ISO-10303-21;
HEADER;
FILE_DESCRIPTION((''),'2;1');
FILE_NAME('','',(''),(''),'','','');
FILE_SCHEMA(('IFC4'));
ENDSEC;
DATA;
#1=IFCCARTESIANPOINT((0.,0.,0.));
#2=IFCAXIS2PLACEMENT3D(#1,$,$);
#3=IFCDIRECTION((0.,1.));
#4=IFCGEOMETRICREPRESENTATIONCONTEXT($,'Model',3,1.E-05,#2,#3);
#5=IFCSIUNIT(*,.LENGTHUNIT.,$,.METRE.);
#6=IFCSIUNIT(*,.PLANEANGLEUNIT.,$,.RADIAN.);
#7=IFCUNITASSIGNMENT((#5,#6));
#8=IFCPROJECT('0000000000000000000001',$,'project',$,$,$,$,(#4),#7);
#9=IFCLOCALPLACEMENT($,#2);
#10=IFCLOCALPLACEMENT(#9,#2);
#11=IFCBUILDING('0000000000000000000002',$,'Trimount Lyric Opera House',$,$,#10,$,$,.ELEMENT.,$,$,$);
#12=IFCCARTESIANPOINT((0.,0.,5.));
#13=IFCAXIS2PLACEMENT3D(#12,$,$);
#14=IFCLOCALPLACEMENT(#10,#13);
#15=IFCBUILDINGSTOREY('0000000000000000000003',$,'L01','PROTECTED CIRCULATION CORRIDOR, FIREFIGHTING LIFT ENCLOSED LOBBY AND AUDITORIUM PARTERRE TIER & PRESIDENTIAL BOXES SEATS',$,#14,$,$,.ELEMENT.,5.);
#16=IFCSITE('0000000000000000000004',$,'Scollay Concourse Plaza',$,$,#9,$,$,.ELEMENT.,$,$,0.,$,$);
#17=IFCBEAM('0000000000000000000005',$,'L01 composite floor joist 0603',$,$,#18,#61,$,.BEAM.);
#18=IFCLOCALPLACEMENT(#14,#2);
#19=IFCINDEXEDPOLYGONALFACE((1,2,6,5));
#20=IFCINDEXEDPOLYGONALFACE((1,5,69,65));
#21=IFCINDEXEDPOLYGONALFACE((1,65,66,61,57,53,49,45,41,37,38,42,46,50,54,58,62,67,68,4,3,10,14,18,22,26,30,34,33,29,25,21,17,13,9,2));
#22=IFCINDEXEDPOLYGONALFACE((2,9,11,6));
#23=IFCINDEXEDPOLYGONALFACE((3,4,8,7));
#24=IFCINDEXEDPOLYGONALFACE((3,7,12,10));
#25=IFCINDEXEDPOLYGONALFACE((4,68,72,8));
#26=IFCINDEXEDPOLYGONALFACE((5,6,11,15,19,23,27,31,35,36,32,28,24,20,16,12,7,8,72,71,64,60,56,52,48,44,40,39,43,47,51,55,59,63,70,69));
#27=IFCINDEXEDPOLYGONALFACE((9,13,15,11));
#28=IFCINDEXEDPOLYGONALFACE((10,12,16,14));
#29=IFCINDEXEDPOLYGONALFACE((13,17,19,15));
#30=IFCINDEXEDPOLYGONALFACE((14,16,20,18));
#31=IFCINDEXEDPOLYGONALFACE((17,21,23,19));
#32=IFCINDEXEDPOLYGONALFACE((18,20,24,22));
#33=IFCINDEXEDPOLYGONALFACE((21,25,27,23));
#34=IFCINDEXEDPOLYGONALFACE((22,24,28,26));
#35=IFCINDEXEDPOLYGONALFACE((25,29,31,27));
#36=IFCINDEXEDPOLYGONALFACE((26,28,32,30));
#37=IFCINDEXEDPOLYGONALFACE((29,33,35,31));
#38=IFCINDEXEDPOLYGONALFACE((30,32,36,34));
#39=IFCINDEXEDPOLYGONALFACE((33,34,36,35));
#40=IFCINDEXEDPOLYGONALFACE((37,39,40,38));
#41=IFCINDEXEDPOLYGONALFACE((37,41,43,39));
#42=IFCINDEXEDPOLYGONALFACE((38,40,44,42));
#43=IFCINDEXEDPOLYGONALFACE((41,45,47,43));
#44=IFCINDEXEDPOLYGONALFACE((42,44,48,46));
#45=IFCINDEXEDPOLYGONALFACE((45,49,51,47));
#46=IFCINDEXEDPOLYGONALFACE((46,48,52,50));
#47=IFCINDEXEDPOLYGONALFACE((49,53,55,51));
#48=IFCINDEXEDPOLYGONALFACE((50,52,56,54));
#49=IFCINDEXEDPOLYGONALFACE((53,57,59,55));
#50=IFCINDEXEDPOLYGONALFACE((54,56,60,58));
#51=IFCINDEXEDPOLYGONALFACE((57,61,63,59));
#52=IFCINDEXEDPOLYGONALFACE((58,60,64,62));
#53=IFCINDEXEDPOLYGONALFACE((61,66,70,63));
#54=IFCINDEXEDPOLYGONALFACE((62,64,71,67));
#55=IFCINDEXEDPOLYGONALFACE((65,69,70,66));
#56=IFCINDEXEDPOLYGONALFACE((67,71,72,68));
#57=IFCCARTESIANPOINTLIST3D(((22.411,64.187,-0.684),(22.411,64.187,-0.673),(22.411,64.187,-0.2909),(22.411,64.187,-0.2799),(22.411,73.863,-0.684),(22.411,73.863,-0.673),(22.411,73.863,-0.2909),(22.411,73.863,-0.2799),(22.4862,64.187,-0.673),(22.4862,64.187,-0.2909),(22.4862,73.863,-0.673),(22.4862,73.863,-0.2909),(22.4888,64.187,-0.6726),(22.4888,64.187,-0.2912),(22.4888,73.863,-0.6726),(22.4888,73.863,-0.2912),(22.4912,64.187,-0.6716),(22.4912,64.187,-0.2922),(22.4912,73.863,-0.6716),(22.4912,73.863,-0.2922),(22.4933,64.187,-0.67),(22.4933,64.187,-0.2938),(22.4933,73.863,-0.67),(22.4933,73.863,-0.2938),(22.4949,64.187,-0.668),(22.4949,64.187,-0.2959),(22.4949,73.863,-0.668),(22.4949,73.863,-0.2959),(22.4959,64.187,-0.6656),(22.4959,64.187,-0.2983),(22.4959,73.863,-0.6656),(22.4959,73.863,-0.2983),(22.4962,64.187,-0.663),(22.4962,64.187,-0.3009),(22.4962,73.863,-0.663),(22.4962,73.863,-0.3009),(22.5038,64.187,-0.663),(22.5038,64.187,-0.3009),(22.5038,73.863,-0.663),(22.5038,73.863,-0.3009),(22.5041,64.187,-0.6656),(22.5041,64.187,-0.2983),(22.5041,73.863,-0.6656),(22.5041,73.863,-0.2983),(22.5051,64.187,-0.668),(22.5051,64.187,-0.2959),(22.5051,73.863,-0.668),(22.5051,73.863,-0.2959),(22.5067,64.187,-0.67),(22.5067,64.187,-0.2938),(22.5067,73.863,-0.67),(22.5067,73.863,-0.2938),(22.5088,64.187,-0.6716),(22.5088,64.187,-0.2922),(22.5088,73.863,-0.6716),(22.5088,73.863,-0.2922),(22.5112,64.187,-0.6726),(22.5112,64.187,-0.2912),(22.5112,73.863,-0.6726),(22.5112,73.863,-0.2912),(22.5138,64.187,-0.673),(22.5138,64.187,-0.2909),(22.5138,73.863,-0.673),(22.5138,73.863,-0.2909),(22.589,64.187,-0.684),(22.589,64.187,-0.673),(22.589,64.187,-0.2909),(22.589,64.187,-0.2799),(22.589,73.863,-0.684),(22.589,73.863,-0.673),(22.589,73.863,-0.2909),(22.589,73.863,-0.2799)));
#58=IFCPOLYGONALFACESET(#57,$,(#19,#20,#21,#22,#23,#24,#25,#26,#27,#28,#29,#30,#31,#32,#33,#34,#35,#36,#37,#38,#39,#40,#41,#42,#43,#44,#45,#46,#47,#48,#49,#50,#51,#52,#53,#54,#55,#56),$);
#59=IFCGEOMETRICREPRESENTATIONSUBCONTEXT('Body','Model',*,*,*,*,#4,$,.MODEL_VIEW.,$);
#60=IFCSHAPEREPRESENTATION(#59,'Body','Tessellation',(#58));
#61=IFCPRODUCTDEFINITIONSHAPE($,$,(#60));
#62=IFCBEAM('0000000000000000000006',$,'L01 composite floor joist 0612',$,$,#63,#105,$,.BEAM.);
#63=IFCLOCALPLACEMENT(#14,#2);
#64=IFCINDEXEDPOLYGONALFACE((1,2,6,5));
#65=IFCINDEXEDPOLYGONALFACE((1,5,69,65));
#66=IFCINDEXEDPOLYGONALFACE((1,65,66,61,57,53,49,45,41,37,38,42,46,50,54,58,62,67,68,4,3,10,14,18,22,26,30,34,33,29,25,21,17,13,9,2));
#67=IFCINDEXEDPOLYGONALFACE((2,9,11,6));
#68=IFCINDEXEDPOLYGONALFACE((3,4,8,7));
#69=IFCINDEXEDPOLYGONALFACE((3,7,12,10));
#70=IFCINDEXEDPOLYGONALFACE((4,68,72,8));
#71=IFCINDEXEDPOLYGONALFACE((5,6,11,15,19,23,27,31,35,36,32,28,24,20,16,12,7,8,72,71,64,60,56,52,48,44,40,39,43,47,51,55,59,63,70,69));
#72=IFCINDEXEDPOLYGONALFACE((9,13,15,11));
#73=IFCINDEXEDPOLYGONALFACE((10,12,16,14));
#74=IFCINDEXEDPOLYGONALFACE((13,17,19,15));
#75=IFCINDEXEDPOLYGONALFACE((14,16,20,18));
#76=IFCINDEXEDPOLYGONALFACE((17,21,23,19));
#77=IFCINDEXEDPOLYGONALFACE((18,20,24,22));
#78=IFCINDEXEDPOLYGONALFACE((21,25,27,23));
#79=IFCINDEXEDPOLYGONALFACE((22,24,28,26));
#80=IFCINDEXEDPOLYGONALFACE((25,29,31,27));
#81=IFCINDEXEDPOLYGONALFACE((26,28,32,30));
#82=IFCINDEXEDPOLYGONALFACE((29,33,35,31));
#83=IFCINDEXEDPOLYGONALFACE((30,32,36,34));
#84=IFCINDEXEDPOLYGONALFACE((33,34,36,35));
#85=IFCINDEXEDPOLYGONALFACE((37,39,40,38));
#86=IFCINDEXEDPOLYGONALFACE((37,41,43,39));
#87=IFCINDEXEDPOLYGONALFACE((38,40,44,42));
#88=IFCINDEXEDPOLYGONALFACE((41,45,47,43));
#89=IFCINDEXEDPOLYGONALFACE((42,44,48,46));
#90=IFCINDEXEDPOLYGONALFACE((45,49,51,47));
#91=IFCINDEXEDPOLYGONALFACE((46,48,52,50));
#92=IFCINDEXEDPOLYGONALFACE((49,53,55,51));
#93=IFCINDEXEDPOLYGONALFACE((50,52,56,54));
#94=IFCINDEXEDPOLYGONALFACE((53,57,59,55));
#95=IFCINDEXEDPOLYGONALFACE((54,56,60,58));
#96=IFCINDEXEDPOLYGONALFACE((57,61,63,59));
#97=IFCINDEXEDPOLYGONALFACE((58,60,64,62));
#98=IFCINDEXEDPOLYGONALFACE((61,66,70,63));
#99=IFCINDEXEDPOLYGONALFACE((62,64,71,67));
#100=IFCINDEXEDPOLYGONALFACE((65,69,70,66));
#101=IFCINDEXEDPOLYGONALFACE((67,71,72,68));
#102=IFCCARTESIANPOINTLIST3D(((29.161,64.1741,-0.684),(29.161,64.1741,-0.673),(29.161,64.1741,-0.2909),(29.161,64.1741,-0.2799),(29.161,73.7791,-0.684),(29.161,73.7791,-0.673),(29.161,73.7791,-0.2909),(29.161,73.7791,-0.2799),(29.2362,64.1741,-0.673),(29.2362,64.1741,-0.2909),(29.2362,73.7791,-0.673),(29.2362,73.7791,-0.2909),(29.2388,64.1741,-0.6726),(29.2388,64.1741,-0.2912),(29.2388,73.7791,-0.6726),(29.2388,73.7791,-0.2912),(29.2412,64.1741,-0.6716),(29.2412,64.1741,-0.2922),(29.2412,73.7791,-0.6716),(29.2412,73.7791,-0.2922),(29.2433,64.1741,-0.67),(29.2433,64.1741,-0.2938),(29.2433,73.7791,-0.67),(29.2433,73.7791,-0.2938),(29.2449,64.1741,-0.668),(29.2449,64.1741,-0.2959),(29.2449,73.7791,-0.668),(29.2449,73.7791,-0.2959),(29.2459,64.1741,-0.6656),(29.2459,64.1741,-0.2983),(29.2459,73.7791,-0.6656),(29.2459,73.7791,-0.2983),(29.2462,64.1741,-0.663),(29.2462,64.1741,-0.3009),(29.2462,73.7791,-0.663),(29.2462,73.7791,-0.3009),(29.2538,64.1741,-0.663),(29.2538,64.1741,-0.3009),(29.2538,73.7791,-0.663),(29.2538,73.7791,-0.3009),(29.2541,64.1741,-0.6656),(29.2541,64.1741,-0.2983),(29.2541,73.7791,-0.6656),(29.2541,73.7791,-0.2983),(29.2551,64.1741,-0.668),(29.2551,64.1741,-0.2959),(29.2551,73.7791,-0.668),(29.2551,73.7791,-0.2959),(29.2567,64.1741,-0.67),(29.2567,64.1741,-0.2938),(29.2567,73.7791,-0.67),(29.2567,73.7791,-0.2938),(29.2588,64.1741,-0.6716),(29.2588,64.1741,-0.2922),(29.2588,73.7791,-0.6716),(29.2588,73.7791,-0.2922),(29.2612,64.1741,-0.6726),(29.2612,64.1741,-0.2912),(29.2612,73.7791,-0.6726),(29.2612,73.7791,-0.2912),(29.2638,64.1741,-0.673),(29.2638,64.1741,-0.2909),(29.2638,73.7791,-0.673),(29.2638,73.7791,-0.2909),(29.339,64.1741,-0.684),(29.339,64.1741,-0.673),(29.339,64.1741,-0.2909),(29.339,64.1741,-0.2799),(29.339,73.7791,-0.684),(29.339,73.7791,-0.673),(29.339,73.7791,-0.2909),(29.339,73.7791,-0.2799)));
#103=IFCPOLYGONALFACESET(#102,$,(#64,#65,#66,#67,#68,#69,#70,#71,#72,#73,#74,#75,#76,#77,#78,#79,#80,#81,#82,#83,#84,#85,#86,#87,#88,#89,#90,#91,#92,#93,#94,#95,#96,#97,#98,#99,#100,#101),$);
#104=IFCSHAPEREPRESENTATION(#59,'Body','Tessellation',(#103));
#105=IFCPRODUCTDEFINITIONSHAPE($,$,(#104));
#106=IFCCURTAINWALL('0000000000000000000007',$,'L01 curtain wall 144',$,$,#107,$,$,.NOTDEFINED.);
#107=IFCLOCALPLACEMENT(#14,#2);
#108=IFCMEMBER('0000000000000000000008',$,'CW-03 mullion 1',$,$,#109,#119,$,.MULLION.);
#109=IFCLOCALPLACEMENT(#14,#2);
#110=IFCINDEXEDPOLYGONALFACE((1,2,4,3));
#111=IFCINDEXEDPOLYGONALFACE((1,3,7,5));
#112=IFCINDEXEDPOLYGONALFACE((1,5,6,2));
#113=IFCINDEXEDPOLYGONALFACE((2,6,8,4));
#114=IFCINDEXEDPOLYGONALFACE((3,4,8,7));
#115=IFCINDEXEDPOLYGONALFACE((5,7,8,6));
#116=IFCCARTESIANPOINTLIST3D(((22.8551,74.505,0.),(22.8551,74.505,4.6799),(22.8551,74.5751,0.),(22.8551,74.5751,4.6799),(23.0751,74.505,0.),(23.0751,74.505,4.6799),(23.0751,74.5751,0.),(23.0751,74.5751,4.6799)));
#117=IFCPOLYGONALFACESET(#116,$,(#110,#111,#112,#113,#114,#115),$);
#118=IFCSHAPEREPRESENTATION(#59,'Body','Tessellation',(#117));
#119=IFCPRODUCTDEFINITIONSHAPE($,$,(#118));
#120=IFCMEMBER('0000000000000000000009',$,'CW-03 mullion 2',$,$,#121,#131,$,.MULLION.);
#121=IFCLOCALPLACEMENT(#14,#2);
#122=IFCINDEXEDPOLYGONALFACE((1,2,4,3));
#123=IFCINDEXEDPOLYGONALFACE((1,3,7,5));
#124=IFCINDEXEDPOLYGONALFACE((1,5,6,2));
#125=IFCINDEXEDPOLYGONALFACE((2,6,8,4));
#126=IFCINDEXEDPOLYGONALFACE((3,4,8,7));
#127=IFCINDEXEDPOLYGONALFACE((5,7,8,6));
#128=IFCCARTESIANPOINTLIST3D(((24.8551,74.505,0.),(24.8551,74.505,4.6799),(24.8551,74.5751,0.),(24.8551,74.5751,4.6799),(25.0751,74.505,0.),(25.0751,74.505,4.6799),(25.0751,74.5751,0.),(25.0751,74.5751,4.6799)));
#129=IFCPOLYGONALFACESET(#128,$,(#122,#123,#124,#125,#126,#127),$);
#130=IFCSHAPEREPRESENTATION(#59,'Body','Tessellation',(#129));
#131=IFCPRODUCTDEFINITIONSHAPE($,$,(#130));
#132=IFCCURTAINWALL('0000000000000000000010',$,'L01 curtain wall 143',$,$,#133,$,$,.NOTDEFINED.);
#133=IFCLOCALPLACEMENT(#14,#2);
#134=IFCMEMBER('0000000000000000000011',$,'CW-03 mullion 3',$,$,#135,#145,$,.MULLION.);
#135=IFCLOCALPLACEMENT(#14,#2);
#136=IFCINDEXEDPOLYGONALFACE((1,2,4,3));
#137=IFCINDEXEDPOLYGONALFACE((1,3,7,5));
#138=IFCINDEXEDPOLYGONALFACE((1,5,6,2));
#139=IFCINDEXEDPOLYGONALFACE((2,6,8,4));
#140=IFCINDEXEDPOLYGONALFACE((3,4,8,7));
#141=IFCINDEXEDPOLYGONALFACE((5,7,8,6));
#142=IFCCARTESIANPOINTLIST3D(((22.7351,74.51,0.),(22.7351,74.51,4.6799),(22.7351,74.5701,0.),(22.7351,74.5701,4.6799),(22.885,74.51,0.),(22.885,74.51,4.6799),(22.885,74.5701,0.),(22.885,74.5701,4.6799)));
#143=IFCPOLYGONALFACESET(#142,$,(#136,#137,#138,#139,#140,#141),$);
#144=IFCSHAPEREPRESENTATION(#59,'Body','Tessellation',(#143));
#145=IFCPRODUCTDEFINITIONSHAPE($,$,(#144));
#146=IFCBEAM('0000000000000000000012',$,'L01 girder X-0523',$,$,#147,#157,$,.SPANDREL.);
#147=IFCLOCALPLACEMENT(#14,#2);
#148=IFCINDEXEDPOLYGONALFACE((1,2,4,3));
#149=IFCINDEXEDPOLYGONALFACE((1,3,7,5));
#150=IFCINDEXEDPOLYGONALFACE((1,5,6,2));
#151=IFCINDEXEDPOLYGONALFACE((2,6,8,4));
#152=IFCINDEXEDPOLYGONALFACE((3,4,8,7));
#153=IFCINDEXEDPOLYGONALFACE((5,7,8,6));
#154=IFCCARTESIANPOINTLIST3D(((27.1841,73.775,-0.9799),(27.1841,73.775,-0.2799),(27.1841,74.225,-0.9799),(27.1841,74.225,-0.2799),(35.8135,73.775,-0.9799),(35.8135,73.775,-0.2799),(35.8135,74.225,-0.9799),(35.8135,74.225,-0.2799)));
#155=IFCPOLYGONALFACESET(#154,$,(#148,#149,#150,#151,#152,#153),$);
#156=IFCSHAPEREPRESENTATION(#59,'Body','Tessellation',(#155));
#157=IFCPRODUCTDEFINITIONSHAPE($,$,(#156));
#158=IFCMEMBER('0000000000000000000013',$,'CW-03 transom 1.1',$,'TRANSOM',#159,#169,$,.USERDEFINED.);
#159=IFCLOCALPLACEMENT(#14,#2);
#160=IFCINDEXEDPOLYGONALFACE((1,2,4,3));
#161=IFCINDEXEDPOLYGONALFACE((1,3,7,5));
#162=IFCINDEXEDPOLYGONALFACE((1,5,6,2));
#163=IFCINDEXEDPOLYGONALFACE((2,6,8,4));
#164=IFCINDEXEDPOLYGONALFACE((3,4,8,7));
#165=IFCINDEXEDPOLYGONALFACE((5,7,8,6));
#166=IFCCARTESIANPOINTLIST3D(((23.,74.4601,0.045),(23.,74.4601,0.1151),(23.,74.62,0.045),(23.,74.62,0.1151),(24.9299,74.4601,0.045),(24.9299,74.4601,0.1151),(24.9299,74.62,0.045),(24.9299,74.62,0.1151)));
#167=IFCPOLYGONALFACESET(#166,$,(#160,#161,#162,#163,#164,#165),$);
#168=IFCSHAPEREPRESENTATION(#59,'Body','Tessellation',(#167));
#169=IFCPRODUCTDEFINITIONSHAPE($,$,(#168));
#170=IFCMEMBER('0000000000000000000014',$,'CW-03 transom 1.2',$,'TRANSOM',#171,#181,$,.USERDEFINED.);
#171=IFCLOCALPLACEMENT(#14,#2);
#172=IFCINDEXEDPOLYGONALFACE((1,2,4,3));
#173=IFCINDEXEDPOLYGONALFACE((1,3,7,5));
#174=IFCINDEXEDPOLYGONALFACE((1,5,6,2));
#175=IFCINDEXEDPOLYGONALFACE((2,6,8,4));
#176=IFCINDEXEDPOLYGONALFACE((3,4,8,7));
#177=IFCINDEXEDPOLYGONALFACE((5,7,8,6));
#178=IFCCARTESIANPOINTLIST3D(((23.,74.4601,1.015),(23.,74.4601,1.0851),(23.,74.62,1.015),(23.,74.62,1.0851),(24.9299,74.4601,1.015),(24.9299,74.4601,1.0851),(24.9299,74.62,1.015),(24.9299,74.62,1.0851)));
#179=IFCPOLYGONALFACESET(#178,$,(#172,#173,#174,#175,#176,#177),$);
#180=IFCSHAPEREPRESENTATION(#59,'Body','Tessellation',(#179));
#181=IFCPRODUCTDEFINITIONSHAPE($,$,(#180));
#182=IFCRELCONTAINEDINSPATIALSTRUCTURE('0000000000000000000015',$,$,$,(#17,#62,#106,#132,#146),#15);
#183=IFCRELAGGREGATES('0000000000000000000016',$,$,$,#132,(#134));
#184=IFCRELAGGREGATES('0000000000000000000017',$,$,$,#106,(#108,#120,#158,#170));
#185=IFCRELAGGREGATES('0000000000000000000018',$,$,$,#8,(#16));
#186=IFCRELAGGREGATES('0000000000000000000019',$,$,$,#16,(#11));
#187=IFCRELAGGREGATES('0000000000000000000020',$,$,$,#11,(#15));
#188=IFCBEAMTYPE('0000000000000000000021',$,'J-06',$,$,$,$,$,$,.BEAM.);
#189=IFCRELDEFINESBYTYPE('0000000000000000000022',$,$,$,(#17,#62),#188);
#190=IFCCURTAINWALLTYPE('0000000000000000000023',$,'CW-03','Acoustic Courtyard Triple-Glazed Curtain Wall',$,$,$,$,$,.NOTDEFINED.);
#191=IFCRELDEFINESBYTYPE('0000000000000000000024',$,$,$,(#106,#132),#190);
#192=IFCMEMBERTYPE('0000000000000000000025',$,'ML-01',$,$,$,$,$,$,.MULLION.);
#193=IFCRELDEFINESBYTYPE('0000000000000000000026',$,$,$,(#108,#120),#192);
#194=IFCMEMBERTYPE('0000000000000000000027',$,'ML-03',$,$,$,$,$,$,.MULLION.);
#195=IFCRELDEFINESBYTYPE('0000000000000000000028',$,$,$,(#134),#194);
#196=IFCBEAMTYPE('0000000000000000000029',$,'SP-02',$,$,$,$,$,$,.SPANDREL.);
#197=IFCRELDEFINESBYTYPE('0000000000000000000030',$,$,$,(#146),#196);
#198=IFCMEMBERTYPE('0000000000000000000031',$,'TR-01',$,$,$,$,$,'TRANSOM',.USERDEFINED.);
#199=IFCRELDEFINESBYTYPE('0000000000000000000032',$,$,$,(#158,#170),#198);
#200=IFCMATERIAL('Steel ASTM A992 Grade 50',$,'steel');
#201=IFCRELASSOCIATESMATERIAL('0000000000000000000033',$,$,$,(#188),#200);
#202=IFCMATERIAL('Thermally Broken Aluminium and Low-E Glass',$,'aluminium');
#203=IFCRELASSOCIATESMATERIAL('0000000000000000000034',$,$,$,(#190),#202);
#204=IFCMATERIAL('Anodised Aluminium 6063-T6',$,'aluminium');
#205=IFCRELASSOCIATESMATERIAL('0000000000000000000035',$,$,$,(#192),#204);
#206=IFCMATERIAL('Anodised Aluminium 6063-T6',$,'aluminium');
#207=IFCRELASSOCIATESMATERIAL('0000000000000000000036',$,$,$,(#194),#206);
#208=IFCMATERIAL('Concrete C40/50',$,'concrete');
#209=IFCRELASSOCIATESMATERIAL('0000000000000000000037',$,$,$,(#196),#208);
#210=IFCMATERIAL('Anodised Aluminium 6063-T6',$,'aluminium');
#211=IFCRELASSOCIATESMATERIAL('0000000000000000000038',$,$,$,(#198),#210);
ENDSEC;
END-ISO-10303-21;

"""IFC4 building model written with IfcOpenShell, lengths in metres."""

from ifc_helpers import new_model, si_unit, direction, frame, origin, origin_2d, place, context, subcontext, project, spatial, rectangle, i_section, extrude, material, material_profile, profile_set, type_object, element, aggregate, save


model = new_model("IFC4")

# Units and contexts
model_context = context("Model", 3, precision=1e-05, world=origin(), true_north=direction((0.0, 1.0)))
body_context = subcontext(model_context, "Body", "Model", "MODEL_VIEW")
ifc_project = project(units=[si_unit("LENGTHUNIT", "METRE"), si_unit("PLANEANGLEUNIT", "RADIAN")], contexts=[model_context])

# Site, building, storey
site_placement = place(None, origin())
site = spatial("IfcSite", under=ifc_project, at=site_placement, Name="Scollay Concourse Plaza", CompositionType="ELEMENT", RefElevation=0.0)
building_placement = place(site_placement, origin())
building = spatial("IfcBuilding", under=site, at=building_placement, Name="Trimount Lyric Opera House", CompositionType="ELEMENT")
storey_placement = place(building_placement, frame((0.0, 0.0, 5.0)))
storey = spatial("IfcBuildingStorey", under=building, at=storey_placement, Name="L01", Description="PROTECTED CIRCULATION CORRIDOR, FIREFIGHTING LIFT ENCLOSED LOBBY AND AUDITORIUM PARTERRE TIER & PRESIDENTIAL BOXES SEATS", CompositionType="ELEMENT", Elevation=5.0)

# Beams
ifc_material_1 = material(Name="Steel ASTM A992 Grade 50", Category="steel")
ifc_material_profile_1 = material_profile(ifc_material_1, i_section(OverallWidth=0.178, OverallDepth=0.4041, WebThickness=0.0076, FlangeThickness=0.011, FilletRadius=0.01, at=origin_2d()), Name="W16X36")
ifc_profile_set_1 = profile_set([ifc_material_profile_1], Name="Steel ASTM A992 Grade 50")
beam_type_1 = type_object("IfcBeamType", Name="J-06", PredefinedType="BEAM", material=ifc_profile_set_1)
beam_1_placement = place(storey_placement, frame((22.5, 64.187, -0.4819), z_axis=(0.0, 1.0, 0.0), x_axis=(-1.0, 0.0, 0.0)))
element("IfcBeam", 1, at=beam_1_placement, inside=storey, type_object=beam_type_1, Name="L01 composite floor joist 0603", PredefinedType="BEAM", context=body_context, shape_type="SweptSolid", body=[
    extrude(i_section(OverallWidth=0.178, OverallDepth=0.4041, WebThickness=0.0076, FlangeThickness=0.011, FilletRadius=0.01, at=origin_2d()), origin(), (0.0, 0.0, 1.0), 9.676),
])
beam_2_placement = place(storey_placement, frame((29.25, 64.1741, -0.4819), z_axis=(0.0, 1.0, 0.0), x_axis=(-1.0, 0.0, 0.0)))
element("IfcBeam", 2, at=beam_2_placement, inside=storey, type_object=beam_type_1, Name="L01 composite floor joist 0612", PredefinedType="BEAM", context=body_context, shape_type="SweptSolid", body=[
    extrude(i_section(OverallWidth=0.178, OverallDepth=0.4041, WebThickness=0.0076, FlangeThickness=0.011, FilletRadius=0.01, at=origin_2d()), origin(), (0.0, 0.0, 1.0), 9.605),
])

# Curtain wall, members
ifc_material_2 = material(Name="Thermally Broken Aluminium and Low-E Glass", Category="aluminium")
curtain_wall_type = type_object("IfcCurtainWallType", Name="CW-03", Description="Acoustic Courtyard Triple-Glazed Curtain Wall", PredefinedType="NOTDEFINED", material=ifc_material_2)
curtain_wall_1_placement = place(storey_placement, origin())
curtain_wall_1 = element("IfcCurtainWall", 3, at=curtain_wall_1_placement, inside=storey, type_object=curtain_wall_type, Name="L01 curtain wall 144", PredefinedType="NOTDEFINED")
ifc_material_3 = material(Name="Anodised Aluminium 6063-T6", Category="aluminium")
ifc_material_profile_2 = material_profile(ifc_material_3, rectangle(XDim=0.0701, YDim=0.22, at=origin_2d()), Name="ALU-MULL-70X220")
ifc_profile_set_2 = profile_set([ifc_material_profile_2], Name="Anodised Aluminium 6063-T6")
member_type_1 = type_object("IfcMemberType", Name="ML-01", PredefinedType="MULLION", material=ifc_profile_set_2)
member_1_placement = place(storey_placement, frame((22.9651, 74.54, 0.0), z_axis=(0.0, 0.0, 1.0), x_axis=(0.0, 1.0, 0.0)))
member_1 = element("IfcMember", 4, at=member_1_placement, type_object=member_type_1, Name="CW-03 mullion 1", PredefinedType="MULLION", context=body_context, shape_type="SweptSolid", body=[
    extrude(rectangle(XDim=0.0701, YDim=0.22, at=origin_2d()), origin(), (0.0, 0.0, 1.0), 4.6799),
])
member_2_placement = place(storey_placement, frame((24.9651, 74.54, 0.0), z_axis=(0.0, 0.0, 1.0), x_axis=(0.0, 1.0, 0.0)))
member_2 = element("IfcMember", 5, at=member_2_placement, type_object=member_type_1, Name="CW-03 mullion 2", PredefinedType="MULLION", context=body_context, shape_type="SweptSolid", body=[
    extrude(rectangle(XDim=0.0701, YDim=0.22, at=origin_2d()), origin(), (0.0, 0.0, 1.0), 4.6799),
])

# Curtain wall, member
curtain_wall_2_placement = place(storey_placement, origin())
curtain_wall_2 = element("IfcCurtainWall", 6, at=curtain_wall_2_placement, inside=storey, type_object=curtain_wall_type, Name="L01 curtain wall 143", PredefinedType="NOTDEFINED")
ifc_material_4 = material(Name="Anodised Aluminium 6063-T6", Category="aluminium")
ifc_material_profile_3 = material_profile(ifc_material_4, rectangle(XDim=0.0601, YDim=0.1499, at=origin_2d()), Name="ALU-MULL-60X150")
ifc_profile_set_3 = profile_set([ifc_material_profile_3], Name="Anodised Aluminium 6063-T6")
member_type_2 = type_object("IfcMemberType", Name="ML-03", PredefinedType="MULLION", material=ifc_profile_set_3)
member_3_placement = place(storey_placement, frame((22.8101, 74.54, 0.0), z_axis=(0.0, 0.0, 1.0), x_axis=(0.0, 1.0, 0.0)))
member_3 = element("IfcMember", 7, at=member_3_placement, type_object=member_type_2, Name="CW-03 mullion 3", PredefinedType="MULLION", context=body_context, shape_type="SweptSolid", body=[
    extrude(rectangle(XDim=0.0601, YDim=0.1499, at=origin_2d()), origin(), (0.0, 0.0, 1.0), 4.6799),
])

# Beam
ifc_material_5 = material(Name="Concrete C40/50", Category="concrete")
ifc_material_profile_4 = material_profile(ifc_material_5, rectangle(XDim=0.45, YDim=0.7, at=origin_2d()), Name="RC450X700")
ifc_profile_set_4 = profile_set([ifc_material_profile_4], Name="Concrete C40/50")
beam_type_2 = type_object("IfcBeamType", Name="SP-02", PredefinedType="SPANDREL", material=ifc_profile_set_4)
beam_3_placement = place(storey_placement, frame((27.1841, 74.0, -0.6299), z_axis=(1.0, 0.0, 0.0), x_axis=(0.0, 1.0, 0.0)))
element("IfcBeam", 8, at=beam_3_placement, inside=storey, type_object=beam_type_2, Name="L01 girder X-0523", PredefinedType="SPANDREL", context=body_context, shape_type="SweptSolid", body=[
    extrude(rectangle(XDim=0.45, YDim=0.7, at=origin_2d()), origin(), (0.0, 0.0, 1.0), 8.6294),
])

# Members
ifc_material_6 = material(Name="Anodised Aluminium 6063-T6", Category="aluminium")
ifc_material_profile_5 = material_profile(ifc_material_6, rectangle(XDim=0.1599, YDim=0.0701, at=origin_2d()), Name="ALU-TRAN-70X160")
ifc_profile_set_5 = profile_set([ifc_material_profile_5], Name="Anodised Aluminium 6063-T6")
member_type_3 = type_object("IfcMemberType", Name="TR-01", ElementType="TRANSOM", PredefinedType="USERDEFINED", material=ifc_profile_set_5)
member_4_placement = place(storey_placement, frame((23.0, 74.54, 0.0801), z_axis=(1.0, 0.0, 0.0), x_axis=(0.0, 1.0, 0.0)))
member_4 = element("IfcMember", 9, at=member_4_placement, type_object=member_type_3, Name="CW-03 transom 1.1", ObjectType="TRANSOM", PredefinedType="USERDEFINED", context=body_context, shape_type="SweptSolid", body=[
    extrude(rectangle(XDim=0.1599, YDim=0.0701, at=origin_2d()), origin(), (0.0, 0.0, 1.0), 1.9299),
])
member_5_placement = place(storey_placement, frame((23.0, 74.54, 1.05), z_axis=(1.0, 0.0, 0.0), x_axis=(0.0, 1.0, 0.0)))
member_5 = element("IfcMember", 10, at=member_5_placement, type_object=member_type_3, Name="CW-03 transom 1.2", ObjectType="TRANSOM", PredefinedType="USERDEFINED", context=body_context, shape_type="SweptSolid", body=[
    extrude(rectangle(XDim=0.1599, YDim=0.0701, at=origin_2d()), origin(), (0.0, 0.0, 1.0), 1.9299),
])

aggregate(curtain_wall_2, [member_3])
aggregate(curtain_wall_1, [member_1, member_2, member_4, member_5])

save(model, "model.ifc")
